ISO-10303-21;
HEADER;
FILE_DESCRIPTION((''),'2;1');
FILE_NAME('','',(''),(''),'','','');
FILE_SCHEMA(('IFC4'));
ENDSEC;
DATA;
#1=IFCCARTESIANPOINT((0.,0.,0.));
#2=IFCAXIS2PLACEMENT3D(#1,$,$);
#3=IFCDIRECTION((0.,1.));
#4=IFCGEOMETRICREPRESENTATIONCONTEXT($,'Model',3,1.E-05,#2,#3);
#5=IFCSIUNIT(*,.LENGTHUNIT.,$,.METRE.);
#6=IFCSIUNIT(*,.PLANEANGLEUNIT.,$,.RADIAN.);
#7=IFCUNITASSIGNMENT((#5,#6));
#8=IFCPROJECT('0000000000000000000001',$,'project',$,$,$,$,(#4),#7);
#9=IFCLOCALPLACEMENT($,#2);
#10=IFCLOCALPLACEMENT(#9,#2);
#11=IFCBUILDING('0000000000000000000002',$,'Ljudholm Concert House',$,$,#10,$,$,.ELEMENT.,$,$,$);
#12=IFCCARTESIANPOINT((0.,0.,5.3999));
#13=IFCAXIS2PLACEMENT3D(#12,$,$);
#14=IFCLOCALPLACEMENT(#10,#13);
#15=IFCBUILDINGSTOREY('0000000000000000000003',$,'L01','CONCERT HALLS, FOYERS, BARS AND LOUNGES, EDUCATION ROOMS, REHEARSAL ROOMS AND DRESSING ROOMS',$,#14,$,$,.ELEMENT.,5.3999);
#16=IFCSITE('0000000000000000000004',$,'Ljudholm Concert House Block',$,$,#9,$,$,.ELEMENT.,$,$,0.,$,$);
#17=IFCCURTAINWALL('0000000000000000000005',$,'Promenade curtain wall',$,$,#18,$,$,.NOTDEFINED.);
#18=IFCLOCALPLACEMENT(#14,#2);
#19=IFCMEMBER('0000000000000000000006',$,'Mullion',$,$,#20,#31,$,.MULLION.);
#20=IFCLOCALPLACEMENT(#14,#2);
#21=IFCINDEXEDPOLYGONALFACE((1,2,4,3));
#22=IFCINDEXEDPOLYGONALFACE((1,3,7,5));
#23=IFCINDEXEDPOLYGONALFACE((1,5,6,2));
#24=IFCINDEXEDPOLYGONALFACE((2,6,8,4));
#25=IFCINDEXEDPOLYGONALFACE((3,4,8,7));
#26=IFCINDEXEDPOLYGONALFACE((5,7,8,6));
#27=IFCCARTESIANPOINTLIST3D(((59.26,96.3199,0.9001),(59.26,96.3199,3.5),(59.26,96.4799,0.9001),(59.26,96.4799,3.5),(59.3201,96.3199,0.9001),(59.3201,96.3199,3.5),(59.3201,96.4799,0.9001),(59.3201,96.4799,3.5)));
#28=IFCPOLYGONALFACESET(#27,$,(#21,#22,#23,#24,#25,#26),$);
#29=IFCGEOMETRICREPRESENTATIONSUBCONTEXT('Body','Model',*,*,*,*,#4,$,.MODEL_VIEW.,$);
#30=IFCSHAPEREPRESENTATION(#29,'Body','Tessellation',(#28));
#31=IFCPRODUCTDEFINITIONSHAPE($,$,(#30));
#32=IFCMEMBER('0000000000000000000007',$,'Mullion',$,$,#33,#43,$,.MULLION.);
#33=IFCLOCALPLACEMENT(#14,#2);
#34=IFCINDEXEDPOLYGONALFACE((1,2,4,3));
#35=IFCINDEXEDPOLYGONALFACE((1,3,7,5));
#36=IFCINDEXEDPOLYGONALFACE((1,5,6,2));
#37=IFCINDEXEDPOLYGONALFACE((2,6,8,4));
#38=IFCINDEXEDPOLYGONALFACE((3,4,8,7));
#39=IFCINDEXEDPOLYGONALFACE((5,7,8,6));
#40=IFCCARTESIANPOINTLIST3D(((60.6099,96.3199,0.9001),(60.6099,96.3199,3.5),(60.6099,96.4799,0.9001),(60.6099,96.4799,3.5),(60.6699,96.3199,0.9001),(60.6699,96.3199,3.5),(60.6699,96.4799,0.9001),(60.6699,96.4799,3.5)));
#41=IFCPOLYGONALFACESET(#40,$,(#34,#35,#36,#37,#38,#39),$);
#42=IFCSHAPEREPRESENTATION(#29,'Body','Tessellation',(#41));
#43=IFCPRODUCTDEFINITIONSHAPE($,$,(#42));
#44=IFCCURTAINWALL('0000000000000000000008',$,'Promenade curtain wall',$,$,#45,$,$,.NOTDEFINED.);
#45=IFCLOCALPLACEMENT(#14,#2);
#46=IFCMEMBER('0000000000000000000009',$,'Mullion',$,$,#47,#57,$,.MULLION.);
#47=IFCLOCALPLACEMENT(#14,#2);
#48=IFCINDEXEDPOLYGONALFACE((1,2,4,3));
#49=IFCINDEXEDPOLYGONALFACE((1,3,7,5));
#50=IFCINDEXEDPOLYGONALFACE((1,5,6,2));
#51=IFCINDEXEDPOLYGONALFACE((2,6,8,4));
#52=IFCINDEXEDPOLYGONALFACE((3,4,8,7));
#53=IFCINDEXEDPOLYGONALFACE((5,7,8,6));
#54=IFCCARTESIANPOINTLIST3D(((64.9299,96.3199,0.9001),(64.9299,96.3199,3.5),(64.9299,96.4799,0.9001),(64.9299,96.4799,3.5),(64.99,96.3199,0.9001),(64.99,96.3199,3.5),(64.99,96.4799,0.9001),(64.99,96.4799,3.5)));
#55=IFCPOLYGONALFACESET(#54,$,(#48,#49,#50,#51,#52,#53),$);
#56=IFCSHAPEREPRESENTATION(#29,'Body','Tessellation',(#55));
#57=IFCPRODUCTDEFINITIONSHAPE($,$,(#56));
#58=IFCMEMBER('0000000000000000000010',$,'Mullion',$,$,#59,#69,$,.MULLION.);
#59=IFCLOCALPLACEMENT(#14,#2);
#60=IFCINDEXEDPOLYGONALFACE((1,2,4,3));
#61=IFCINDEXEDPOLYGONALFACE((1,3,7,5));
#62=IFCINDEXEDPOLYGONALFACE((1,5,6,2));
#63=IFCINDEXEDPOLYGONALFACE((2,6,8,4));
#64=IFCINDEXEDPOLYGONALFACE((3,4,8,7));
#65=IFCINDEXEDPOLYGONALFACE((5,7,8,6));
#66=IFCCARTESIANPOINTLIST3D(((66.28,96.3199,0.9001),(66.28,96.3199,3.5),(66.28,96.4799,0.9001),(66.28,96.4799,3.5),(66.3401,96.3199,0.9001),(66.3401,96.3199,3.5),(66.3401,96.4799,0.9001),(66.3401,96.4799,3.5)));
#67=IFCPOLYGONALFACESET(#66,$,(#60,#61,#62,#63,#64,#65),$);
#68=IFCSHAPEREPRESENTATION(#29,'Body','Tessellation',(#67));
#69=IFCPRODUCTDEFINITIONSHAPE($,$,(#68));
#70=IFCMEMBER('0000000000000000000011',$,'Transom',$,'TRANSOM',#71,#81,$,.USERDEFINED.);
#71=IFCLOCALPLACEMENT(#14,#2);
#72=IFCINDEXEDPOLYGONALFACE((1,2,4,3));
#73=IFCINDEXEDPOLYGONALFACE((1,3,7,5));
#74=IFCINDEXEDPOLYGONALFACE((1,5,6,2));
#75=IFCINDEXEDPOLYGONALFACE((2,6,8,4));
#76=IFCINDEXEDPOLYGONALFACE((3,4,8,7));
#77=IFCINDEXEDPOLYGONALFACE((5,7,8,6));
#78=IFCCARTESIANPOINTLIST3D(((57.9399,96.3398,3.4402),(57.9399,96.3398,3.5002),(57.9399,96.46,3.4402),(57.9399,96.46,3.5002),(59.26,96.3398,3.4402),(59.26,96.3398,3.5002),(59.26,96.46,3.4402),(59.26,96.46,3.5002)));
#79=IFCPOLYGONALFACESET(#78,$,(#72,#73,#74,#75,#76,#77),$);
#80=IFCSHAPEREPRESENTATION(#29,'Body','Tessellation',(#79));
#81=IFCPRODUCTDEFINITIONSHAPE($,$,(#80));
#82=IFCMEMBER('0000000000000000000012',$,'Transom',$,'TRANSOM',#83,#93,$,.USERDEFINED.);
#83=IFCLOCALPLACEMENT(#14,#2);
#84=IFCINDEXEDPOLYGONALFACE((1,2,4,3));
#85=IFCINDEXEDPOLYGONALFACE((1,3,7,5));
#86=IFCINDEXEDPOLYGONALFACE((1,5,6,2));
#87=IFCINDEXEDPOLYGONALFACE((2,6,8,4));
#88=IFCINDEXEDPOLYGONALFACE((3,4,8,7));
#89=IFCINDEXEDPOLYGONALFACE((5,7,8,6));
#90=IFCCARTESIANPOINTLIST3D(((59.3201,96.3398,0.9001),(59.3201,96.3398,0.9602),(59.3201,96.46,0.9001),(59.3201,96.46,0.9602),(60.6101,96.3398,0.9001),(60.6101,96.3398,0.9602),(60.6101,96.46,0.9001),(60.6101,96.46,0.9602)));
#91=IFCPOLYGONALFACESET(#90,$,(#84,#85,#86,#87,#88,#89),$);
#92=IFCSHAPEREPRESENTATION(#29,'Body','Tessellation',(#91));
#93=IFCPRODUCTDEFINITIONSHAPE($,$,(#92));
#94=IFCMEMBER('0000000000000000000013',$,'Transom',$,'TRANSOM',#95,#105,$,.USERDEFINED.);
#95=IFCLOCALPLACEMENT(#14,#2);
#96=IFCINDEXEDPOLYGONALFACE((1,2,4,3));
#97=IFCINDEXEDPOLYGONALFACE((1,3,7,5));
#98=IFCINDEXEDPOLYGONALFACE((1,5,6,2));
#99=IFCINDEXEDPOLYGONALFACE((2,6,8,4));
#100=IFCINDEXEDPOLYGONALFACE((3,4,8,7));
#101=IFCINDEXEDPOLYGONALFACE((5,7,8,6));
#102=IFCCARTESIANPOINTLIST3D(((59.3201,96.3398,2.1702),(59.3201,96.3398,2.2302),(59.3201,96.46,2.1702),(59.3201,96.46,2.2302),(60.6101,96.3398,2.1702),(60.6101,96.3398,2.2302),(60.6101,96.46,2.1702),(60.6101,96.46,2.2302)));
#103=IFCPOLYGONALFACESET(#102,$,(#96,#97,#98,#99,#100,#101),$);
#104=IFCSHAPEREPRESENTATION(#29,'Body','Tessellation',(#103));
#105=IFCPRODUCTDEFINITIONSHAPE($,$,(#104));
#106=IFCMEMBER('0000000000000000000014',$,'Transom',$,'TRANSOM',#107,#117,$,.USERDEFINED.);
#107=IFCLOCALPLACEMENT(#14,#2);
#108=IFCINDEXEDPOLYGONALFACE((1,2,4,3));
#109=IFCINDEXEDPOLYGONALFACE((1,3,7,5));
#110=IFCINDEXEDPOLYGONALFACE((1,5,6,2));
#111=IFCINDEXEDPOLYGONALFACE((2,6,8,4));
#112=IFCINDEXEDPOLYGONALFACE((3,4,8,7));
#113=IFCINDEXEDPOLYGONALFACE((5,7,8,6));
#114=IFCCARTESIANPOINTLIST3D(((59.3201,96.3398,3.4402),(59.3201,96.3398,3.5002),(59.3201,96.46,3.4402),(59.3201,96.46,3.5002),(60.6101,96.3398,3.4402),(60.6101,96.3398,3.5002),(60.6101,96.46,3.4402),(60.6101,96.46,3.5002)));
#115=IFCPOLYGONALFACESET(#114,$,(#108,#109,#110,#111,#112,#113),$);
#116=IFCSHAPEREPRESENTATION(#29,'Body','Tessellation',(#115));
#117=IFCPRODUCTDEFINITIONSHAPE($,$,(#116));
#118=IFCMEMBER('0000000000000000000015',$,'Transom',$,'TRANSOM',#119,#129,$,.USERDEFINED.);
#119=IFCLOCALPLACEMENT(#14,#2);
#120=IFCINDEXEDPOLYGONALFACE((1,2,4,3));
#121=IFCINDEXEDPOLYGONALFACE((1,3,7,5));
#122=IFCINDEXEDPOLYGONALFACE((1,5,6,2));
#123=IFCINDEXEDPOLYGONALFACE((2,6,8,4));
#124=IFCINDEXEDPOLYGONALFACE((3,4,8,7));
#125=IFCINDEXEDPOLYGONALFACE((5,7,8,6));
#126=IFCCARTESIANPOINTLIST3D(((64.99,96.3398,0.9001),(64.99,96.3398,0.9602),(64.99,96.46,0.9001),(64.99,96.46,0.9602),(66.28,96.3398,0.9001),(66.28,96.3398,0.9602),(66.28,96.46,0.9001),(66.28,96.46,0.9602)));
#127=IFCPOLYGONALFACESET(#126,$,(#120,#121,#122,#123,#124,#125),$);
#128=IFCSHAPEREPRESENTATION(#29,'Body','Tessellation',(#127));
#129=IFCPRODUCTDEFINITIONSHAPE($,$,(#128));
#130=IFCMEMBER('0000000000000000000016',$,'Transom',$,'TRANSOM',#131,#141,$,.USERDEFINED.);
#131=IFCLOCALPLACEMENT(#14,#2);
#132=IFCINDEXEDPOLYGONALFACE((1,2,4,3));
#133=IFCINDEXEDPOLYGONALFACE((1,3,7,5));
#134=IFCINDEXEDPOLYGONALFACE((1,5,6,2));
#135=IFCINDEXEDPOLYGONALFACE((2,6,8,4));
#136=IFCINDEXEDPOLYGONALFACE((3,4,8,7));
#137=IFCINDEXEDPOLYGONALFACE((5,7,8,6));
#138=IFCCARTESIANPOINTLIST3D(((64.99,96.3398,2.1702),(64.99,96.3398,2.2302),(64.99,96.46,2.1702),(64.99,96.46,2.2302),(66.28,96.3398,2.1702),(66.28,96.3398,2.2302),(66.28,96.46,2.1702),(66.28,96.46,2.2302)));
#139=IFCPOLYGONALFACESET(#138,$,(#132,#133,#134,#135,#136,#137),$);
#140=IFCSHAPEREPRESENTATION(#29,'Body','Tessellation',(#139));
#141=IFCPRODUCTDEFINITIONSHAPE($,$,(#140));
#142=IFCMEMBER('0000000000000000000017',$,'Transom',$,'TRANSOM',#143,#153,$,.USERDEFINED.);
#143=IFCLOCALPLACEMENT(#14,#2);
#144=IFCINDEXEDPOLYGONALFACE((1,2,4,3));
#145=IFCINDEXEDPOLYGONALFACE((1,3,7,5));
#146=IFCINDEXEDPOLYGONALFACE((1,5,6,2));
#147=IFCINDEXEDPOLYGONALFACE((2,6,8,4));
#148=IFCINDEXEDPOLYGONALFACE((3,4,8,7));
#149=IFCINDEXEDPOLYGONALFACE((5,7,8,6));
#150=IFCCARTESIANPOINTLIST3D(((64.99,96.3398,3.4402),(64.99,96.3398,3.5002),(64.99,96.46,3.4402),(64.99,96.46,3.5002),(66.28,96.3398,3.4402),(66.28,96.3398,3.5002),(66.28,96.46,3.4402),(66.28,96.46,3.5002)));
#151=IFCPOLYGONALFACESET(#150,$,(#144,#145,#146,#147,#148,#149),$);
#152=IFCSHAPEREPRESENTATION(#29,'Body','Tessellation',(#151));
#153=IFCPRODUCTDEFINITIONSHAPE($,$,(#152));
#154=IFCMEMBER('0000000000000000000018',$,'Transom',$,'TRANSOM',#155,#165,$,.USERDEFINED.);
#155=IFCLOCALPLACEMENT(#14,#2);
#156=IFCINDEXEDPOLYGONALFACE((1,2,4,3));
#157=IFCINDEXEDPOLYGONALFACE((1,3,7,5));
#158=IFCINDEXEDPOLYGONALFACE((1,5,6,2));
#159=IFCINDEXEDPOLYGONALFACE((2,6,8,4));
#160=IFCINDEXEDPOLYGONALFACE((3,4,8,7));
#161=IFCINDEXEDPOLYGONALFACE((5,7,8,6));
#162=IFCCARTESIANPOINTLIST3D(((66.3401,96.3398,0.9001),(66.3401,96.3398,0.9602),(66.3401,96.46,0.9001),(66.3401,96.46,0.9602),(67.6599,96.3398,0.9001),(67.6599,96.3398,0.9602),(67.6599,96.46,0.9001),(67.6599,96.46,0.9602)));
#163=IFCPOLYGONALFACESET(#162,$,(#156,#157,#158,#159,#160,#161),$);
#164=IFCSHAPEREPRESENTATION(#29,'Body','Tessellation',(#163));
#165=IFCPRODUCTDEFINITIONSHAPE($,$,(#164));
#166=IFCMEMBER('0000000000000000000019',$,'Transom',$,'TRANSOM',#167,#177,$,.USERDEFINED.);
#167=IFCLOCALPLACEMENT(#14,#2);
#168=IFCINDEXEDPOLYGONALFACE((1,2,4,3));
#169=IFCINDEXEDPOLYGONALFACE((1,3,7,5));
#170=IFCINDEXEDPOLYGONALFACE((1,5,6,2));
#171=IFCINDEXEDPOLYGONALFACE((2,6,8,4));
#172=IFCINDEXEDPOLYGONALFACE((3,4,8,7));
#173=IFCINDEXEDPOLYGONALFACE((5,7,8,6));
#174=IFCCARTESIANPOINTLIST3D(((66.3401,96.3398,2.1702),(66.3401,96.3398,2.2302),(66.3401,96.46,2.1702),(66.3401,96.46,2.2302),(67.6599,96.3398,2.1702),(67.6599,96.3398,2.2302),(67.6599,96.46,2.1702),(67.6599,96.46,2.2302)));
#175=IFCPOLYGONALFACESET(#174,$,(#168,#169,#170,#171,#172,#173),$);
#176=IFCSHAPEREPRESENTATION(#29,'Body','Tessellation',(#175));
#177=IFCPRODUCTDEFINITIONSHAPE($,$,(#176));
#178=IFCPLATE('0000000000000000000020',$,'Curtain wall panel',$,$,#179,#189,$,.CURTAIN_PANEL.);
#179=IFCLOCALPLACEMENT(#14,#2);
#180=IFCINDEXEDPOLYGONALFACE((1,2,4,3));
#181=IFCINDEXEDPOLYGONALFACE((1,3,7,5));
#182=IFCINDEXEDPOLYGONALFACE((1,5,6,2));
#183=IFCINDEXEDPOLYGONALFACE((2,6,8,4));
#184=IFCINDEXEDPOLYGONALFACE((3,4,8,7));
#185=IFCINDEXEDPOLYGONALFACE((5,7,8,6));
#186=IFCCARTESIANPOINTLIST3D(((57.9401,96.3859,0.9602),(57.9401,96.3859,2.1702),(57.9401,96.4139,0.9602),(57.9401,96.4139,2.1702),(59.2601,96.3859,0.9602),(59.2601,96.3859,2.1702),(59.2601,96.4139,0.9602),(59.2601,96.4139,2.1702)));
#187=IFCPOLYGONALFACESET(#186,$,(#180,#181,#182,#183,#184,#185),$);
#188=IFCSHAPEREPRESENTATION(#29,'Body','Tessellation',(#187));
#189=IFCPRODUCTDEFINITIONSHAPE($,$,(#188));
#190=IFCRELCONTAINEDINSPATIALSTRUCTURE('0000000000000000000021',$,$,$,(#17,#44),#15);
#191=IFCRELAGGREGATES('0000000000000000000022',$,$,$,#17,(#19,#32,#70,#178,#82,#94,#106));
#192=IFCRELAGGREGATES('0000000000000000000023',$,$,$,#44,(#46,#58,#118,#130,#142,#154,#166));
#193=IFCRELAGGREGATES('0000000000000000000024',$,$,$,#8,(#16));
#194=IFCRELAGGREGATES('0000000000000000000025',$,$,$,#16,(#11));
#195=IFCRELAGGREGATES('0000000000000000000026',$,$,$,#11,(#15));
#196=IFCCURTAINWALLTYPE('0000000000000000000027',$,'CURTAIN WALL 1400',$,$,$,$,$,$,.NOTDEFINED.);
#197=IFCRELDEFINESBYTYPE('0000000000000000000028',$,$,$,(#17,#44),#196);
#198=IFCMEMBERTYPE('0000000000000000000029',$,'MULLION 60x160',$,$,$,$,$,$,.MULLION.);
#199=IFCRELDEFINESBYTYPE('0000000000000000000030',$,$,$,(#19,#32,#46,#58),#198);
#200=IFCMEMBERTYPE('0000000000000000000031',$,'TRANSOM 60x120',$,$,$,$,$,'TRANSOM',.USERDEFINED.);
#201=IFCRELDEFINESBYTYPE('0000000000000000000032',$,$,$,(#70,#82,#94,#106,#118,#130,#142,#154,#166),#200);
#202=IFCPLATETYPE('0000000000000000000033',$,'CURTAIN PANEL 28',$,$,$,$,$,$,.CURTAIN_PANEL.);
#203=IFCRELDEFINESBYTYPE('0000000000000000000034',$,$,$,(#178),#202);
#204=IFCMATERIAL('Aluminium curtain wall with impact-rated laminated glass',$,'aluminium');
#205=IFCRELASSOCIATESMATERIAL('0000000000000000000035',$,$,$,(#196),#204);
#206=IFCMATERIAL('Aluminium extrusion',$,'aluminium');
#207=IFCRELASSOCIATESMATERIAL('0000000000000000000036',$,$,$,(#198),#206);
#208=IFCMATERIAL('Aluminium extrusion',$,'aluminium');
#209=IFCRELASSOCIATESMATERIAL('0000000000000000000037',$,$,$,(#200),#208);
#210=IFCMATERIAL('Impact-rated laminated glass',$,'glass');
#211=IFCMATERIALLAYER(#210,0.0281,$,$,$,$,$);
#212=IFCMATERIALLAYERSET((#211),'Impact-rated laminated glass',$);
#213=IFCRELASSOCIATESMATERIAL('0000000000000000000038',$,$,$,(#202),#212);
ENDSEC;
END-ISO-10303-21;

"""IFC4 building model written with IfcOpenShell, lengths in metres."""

from ifc_helpers import new_model, si_unit, direction, frame, origin, origin_2d, place, context, subcontext, project, spatial, rectangle, extrude, material, layer, layer_set, material_profile, profile_set, type_object, element, aggregate, save


model = new_model("IFC4")

# Units and contexts
model_context = context("Model", 3, precision=1e-05, world=origin(), true_north=direction((0.0, 1.0)))
body_context = subcontext(model_context, "Body", "Model", "MODEL_VIEW")
ifc_project = project(units=[si_unit("LENGTHUNIT", "METRE"), si_unit("PLANEANGLEUNIT", "RADIAN")], contexts=[model_context])

# Site, building, storey
site_placement = place(None, origin())
site = spatial("IfcSite", under=ifc_project, at=site_placement, Name="Ljudholm Concert House Block", CompositionType="ELEMENT", RefElevation=0.0)
building_placement = place(site_placement, origin())
building = spatial("IfcBuilding", under=site, at=building_placement, Name="Ljudholm Concert House", CompositionType="ELEMENT")
storey_placement = place(building_placement, frame((0.0, 0.0, 5.3999)))
storey = spatial("IfcBuildingStorey", under=building, at=storey_placement, Name="L01", Description="CONCERT HALLS, FOYERS, BARS AND LOUNGES, EDUCATION ROOMS, REHEARSAL ROOMS AND DRESSING ROOMS", CompositionType="ELEMENT", Elevation=5.3999)

# Curtain walls, members
ifc_material_1 = material(Name="Aluminium curtain wall with impact-rated laminated glass", Category="aluminium")
curtain_wall_type = type_object("IfcCurtainWallType", Name="CURTAIN WALL 1400", PredefinedType="NOTDEFINED", material=ifc_material_1)
curtain_wall_1_placement = place(storey_placement, origin())
curtain_wall_1 = element("IfcCurtainWall", 1, at=curtain_wall_1_placement, inside=storey, type_object=curtain_wall_type, Name="Promenade curtain wall", PredefinedType="NOTDEFINED")
ifc_material_2 = material(Name="Aluminium extrusion", Category="aluminium")
ifc_material_profile_1 = material_profile(ifc_material_2, rectangle(XDim=0.1599, YDim=0.0601, at=origin_2d()), Name="MULLION 60x160")
ifc_profile_set_1 = profile_set([ifc_material_profile_1], Name="Aluminium extrusion")
member_type_1 = type_object("IfcMemberType", Name="MULLION 60x160", PredefinedType="MULLION", material=ifc_profile_set_1)
member_1_placement = place(storey_placement, frame((59.29, 96.3999, 0.9001), z_axis=(0.0, 0.0, 1.0), x_axis=(0.0, 1.0, 0.0)))
member_1 = element("IfcMember", 2, at=member_1_placement, type_object=member_type_1, Name="Mullion", PredefinedType="MULLION", context=body_context, shape_type="SweptSolid", body=[
    extrude(rectangle(XDim=0.1599, YDim=0.0601, at=origin_2d()), origin(), (0.0, 0.0, 1.0), 2.5999),
])
member_2_placement = place(storey_placement, frame((60.6399, 96.3999, 0.9001), z_axis=(0.0, 0.0, 1.0), x_axis=(0.0, 1.0, 0.0)))
member_2 = element("IfcMember", 3, at=member_2_placement, type_object=member_type_1, Name="Mullion", PredefinedType="MULLION", context=body_context, shape_type="SweptSolid", body=[
    extrude(rectangle(XDim=0.1599, YDim=0.0601, at=origin_2d()), origin(), (0.0, 0.0, 1.0), 2.5999),
])
curtain_wall_2_placement = place(storey_placement, origin())
curtain_wall_2 = element("IfcCurtainWall", 4, at=curtain_wall_2_placement, inside=storey, type_object=curtain_wall_type, Name="Promenade curtain wall", PredefinedType="NOTDEFINED")
member_3_placement = place(storey_placement, frame((64.96, 96.3999, 0.9001), z_axis=(0.0, 0.0, 1.0), x_axis=(0.0, 1.0, 0.0)))
member_3 = element("IfcMember", 5, at=member_3_placement, type_object=member_type_1, Name="Mullion", PredefinedType="MULLION", context=body_context, shape_type="SweptSolid", body=[
    extrude(rectangle(XDim=0.1599, YDim=0.0601, at=origin_2d()), origin(), (0.0, 0.0, 1.0), 2.5999),
])
member_4_placement = place(storey_placement, frame((66.3101, 96.3999, 0.9001), z_axis=(0.0, 0.0, 1.0), x_axis=(0.0, 1.0, 0.0)))
member_4 = element("IfcMember", 6, at=member_4_placement, type_object=member_type_1, Name="Mullion", PredefinedType="MULLION", context=body_context, shape_type="SweptSolid", body=[
    extrude(rectangle(XDim=0.1599, YDim=0.0601, at=origin_2d()), origin(), (0.0, 0.0, 1.0), 2.5999),
])

# Members
ifc_material_3 = material(Name="Aluminium extrusion", Category="aluminium")
ifc_material_profile_2 = material_profile(ifc_material_3, rectangle(XDim=0.1201, YDim=0.0601, at=origin_2d()), Name="TRANSOM 60x120")
ifc_profile_set_2 = profile_set([ifc_material_profile_2], Name="Aluminium extrusion")
member_type_2 = type_object("IfcMemberType", Name="TRANSOM 60x120", ElementType="TRANSOM", PredefinedType="USERDEFINED", material=ifc_profile_set_2)
member_5_placement = place(storey_placement, frame((57.9399, 96.3999, 3.4702), z_axis=(1.0, 0.0, 0.0), x_axis=(0.0, 1.0, 0.0)))
member_5 = element("IfcMember", 7, at=member_5_placement, type_object=member_type_2, Name="Transom", ObjectType="TRANSOM", PredefinedType="USERDEFINED", context=body_context, shape_type="SweptSolid", body=[
    extrude(rectangle(XDim=0.1201, YDim=0.0601, at=origin_2d()), origin(), (0.0, 0.0, 1.0), 1.3201),
])
member_6_placement = place(storey_placement, frame((59.3201, 96.3999, 0.9302), z_axis=(1.0, 0.0, 0.0), x_axis=(0.0, 1.0, 0.0)))
member_6 = element("IfcMember", 8, at=member_6_placement, type_object=member_type_2, Name="Transom", ObjectType="TRANSOM", PredefinedType="USERDEFINED", context=body_context, shape_type="SweptSolid", body=[
    extrude(rectangle(XDim=0.1201, YDim=0.0601, at=origin_2d()), origin(), (0.0, 0.0, 1.0), 1.29),
])
member_7_placement = place(storey_placement, frame((59.3201, 96.3999, 2.2002), z_axis=(1.0, 0.0, 0.0), x_axis=(0.0, 1.0, 0.0)))
member_7 = element("IfcMember", 9, at=member_7_placement, type_object=member_type_2, Name="Transom", ObjectType="TRANSOM", PredefinedType="USERDEFINED", context=body_context, shape_type="SweptSolid", body=[
    extrude(rectangle(XDim=0.1201, YDim=0.0601, at=origin_2d()), origin(), (0.0, 0.0, 1.0), 1.29),
])
member_8_placement = place(storey_placement, frame((59.3201, 96.3999, 3.4702), z_axis=(1.0, 0.0, 0.0), x_axis=(0.0, 1.0, 0.0)))
member_8 = element("IfcMember", 10, at=member_8_placement, type_object=member_type_2, Name="Transom", ObjectType="TRANSOM", PredefinedType="USERDEFINED", context=body_context, shape_type="SweptSolid", body=[
    extrude(rectangle(XDim=0.1201, YDim=0.0601, at=origin_2d()), origin(), (0.0, 0.0, 1.0), 1.29),
])
member_9_placement = place(storey_placement, frame((64.99, 96.3999, 0.9302), z_axis=(1.0, 0.0, 0.0), x_axis=(0.0, 1.0, 0.0)))
member_9 = element("IfcMember", 11, at=member_9_placement, type_object=member_type_2, Name="Transom", ObjectType="TRANSOM", PredefinedType="USERDEFINED", context=body_context, shape_type="SweptSolid", body=[
    extrude(rectangle(XDim=0.1201, YDim=0.0601, at=origin_2d()), origin(), (0.0, 0.0, 1.0), 1.29),
])
member_10_placement = place(storey_placement, frame((64.99, 96.3999, 2.2002), z_axis=(1.0, 0.0, 0.0), x_axis=(0.0, 1.0, 0.0)))
member_10 = element("IfcMember", 12, at=member_10_placement, type_object=member_type_2, Name="Transom", ObjectType="TRANSOM", PredefinedType="USERDEFINED", context=body_context, shape_type="SweptSolid", body=[
    extrude(rectangle(XDim=0.1201, YDim=0.0601, at=origin_2d()), origin(), (0.0, 0.0, 1.0), 1.29),
])
member_11_placement = place(storey_placement, frame((64.99, 96.3999, 3.4702), z_axis=(1.0, 0.0, 0.0), x_axis=(0.0, 1.0, 0.0)))
member_11 = element("IfcMember", 13, at=member_11_placement, type_object=member_type_2, Name="Transom", ObjectType="TRANSOM", PredefinedType="USERDEFINED", context=body_context, shape_type="SweptSolid", body=[
    extrude(rectangle(XDim=0.1201, YDim=0.0601, at=origin_2d()), origin(), (0.0, 0.0, 1.0), 1.29),
])
member_12_placement = place(storey_placement, frame((66.3401, 96.3999, 0.9302), z_axis=(1.0, 0.0, 0.0), x_axis=(0.0, 1.0, 0.0)))
member_12 = element("IfcMember", 14, at=member_12_placement, type_object=member_type_2, Name="Transom", ObjectType="TRANSOM", PredefinedType="USERDEFINED", context=body_context, shape_type="SweptSolid", body=[
    extrude(rectangle(XDim=0.1201, YDim=0.0601, at=origin_2d()), origin(), (0.0, 0.0, 1.0), 1.3198),
])
member_13_placement = place(storey_placement, frame((66.3401, 96.3999, 2.2002), z_axis=(1.0, 0.0, 0.0), x_axis=(0.0, 1.0, 0.0)))
member_13 = element("IfcMember", 15, at=member_13_placement, type_object=member_type_2, Name="Transom", ObjectType="TRANSOM", PredefinedType="USERDEFINED", context=body_context, shape_type="SweptSolid", body=[
    extrude(rectangle(XDim=0.1201, YDim=0.0601, at=origin_2d()), origin(), (0.0, 0.0, 1.0), 1.3198),
])

# Plate
ifc_material_4 = material(Name="Impact-rated laminated glass", Category="glass")
ifc_layer_1 = layer(ifc_material_4, 0.0281)
ifc_layer_set_1 = layer_set([ifc_layer_1], Name="Impact-rated laminated glass")
plate_type = type_object("IfcPlateType", Name="CURTAIN PANEL 28", PredefinedType="CURTAIN_PANEL", material=ifc_layer_set_1)
plate_1_placement = place(storey_placement, frame((58.6001, 96.3999, 0.9602), z_axis=(0.0, 0.0, 1.0), x_axis=(1.0, 0.0, 0.0)))
plate_1 = element("IfcPlate", 16, at=plate_1_placement, type_object=plate_type, Name="Curtain wall panel", PredefinedType="CURTAIN_PANEL", context=body_context, shape_type="SweptSolid", body=[
    extrude(rectangle(XDim=1.3201, YDim=0.0281, at=origin_2d()), origin(), (0.0, 0.0, 1.0), 1.21),
])
aggregate(curtain_wall_1, [member_1, member_2, member_5, plate_1, member_6, member_7, member_8])
aggregate(curtain_wall_2, [member_3, member_4, member_9, member_10, member_11, member_12, member_13])

save(model, "model.ifc")
